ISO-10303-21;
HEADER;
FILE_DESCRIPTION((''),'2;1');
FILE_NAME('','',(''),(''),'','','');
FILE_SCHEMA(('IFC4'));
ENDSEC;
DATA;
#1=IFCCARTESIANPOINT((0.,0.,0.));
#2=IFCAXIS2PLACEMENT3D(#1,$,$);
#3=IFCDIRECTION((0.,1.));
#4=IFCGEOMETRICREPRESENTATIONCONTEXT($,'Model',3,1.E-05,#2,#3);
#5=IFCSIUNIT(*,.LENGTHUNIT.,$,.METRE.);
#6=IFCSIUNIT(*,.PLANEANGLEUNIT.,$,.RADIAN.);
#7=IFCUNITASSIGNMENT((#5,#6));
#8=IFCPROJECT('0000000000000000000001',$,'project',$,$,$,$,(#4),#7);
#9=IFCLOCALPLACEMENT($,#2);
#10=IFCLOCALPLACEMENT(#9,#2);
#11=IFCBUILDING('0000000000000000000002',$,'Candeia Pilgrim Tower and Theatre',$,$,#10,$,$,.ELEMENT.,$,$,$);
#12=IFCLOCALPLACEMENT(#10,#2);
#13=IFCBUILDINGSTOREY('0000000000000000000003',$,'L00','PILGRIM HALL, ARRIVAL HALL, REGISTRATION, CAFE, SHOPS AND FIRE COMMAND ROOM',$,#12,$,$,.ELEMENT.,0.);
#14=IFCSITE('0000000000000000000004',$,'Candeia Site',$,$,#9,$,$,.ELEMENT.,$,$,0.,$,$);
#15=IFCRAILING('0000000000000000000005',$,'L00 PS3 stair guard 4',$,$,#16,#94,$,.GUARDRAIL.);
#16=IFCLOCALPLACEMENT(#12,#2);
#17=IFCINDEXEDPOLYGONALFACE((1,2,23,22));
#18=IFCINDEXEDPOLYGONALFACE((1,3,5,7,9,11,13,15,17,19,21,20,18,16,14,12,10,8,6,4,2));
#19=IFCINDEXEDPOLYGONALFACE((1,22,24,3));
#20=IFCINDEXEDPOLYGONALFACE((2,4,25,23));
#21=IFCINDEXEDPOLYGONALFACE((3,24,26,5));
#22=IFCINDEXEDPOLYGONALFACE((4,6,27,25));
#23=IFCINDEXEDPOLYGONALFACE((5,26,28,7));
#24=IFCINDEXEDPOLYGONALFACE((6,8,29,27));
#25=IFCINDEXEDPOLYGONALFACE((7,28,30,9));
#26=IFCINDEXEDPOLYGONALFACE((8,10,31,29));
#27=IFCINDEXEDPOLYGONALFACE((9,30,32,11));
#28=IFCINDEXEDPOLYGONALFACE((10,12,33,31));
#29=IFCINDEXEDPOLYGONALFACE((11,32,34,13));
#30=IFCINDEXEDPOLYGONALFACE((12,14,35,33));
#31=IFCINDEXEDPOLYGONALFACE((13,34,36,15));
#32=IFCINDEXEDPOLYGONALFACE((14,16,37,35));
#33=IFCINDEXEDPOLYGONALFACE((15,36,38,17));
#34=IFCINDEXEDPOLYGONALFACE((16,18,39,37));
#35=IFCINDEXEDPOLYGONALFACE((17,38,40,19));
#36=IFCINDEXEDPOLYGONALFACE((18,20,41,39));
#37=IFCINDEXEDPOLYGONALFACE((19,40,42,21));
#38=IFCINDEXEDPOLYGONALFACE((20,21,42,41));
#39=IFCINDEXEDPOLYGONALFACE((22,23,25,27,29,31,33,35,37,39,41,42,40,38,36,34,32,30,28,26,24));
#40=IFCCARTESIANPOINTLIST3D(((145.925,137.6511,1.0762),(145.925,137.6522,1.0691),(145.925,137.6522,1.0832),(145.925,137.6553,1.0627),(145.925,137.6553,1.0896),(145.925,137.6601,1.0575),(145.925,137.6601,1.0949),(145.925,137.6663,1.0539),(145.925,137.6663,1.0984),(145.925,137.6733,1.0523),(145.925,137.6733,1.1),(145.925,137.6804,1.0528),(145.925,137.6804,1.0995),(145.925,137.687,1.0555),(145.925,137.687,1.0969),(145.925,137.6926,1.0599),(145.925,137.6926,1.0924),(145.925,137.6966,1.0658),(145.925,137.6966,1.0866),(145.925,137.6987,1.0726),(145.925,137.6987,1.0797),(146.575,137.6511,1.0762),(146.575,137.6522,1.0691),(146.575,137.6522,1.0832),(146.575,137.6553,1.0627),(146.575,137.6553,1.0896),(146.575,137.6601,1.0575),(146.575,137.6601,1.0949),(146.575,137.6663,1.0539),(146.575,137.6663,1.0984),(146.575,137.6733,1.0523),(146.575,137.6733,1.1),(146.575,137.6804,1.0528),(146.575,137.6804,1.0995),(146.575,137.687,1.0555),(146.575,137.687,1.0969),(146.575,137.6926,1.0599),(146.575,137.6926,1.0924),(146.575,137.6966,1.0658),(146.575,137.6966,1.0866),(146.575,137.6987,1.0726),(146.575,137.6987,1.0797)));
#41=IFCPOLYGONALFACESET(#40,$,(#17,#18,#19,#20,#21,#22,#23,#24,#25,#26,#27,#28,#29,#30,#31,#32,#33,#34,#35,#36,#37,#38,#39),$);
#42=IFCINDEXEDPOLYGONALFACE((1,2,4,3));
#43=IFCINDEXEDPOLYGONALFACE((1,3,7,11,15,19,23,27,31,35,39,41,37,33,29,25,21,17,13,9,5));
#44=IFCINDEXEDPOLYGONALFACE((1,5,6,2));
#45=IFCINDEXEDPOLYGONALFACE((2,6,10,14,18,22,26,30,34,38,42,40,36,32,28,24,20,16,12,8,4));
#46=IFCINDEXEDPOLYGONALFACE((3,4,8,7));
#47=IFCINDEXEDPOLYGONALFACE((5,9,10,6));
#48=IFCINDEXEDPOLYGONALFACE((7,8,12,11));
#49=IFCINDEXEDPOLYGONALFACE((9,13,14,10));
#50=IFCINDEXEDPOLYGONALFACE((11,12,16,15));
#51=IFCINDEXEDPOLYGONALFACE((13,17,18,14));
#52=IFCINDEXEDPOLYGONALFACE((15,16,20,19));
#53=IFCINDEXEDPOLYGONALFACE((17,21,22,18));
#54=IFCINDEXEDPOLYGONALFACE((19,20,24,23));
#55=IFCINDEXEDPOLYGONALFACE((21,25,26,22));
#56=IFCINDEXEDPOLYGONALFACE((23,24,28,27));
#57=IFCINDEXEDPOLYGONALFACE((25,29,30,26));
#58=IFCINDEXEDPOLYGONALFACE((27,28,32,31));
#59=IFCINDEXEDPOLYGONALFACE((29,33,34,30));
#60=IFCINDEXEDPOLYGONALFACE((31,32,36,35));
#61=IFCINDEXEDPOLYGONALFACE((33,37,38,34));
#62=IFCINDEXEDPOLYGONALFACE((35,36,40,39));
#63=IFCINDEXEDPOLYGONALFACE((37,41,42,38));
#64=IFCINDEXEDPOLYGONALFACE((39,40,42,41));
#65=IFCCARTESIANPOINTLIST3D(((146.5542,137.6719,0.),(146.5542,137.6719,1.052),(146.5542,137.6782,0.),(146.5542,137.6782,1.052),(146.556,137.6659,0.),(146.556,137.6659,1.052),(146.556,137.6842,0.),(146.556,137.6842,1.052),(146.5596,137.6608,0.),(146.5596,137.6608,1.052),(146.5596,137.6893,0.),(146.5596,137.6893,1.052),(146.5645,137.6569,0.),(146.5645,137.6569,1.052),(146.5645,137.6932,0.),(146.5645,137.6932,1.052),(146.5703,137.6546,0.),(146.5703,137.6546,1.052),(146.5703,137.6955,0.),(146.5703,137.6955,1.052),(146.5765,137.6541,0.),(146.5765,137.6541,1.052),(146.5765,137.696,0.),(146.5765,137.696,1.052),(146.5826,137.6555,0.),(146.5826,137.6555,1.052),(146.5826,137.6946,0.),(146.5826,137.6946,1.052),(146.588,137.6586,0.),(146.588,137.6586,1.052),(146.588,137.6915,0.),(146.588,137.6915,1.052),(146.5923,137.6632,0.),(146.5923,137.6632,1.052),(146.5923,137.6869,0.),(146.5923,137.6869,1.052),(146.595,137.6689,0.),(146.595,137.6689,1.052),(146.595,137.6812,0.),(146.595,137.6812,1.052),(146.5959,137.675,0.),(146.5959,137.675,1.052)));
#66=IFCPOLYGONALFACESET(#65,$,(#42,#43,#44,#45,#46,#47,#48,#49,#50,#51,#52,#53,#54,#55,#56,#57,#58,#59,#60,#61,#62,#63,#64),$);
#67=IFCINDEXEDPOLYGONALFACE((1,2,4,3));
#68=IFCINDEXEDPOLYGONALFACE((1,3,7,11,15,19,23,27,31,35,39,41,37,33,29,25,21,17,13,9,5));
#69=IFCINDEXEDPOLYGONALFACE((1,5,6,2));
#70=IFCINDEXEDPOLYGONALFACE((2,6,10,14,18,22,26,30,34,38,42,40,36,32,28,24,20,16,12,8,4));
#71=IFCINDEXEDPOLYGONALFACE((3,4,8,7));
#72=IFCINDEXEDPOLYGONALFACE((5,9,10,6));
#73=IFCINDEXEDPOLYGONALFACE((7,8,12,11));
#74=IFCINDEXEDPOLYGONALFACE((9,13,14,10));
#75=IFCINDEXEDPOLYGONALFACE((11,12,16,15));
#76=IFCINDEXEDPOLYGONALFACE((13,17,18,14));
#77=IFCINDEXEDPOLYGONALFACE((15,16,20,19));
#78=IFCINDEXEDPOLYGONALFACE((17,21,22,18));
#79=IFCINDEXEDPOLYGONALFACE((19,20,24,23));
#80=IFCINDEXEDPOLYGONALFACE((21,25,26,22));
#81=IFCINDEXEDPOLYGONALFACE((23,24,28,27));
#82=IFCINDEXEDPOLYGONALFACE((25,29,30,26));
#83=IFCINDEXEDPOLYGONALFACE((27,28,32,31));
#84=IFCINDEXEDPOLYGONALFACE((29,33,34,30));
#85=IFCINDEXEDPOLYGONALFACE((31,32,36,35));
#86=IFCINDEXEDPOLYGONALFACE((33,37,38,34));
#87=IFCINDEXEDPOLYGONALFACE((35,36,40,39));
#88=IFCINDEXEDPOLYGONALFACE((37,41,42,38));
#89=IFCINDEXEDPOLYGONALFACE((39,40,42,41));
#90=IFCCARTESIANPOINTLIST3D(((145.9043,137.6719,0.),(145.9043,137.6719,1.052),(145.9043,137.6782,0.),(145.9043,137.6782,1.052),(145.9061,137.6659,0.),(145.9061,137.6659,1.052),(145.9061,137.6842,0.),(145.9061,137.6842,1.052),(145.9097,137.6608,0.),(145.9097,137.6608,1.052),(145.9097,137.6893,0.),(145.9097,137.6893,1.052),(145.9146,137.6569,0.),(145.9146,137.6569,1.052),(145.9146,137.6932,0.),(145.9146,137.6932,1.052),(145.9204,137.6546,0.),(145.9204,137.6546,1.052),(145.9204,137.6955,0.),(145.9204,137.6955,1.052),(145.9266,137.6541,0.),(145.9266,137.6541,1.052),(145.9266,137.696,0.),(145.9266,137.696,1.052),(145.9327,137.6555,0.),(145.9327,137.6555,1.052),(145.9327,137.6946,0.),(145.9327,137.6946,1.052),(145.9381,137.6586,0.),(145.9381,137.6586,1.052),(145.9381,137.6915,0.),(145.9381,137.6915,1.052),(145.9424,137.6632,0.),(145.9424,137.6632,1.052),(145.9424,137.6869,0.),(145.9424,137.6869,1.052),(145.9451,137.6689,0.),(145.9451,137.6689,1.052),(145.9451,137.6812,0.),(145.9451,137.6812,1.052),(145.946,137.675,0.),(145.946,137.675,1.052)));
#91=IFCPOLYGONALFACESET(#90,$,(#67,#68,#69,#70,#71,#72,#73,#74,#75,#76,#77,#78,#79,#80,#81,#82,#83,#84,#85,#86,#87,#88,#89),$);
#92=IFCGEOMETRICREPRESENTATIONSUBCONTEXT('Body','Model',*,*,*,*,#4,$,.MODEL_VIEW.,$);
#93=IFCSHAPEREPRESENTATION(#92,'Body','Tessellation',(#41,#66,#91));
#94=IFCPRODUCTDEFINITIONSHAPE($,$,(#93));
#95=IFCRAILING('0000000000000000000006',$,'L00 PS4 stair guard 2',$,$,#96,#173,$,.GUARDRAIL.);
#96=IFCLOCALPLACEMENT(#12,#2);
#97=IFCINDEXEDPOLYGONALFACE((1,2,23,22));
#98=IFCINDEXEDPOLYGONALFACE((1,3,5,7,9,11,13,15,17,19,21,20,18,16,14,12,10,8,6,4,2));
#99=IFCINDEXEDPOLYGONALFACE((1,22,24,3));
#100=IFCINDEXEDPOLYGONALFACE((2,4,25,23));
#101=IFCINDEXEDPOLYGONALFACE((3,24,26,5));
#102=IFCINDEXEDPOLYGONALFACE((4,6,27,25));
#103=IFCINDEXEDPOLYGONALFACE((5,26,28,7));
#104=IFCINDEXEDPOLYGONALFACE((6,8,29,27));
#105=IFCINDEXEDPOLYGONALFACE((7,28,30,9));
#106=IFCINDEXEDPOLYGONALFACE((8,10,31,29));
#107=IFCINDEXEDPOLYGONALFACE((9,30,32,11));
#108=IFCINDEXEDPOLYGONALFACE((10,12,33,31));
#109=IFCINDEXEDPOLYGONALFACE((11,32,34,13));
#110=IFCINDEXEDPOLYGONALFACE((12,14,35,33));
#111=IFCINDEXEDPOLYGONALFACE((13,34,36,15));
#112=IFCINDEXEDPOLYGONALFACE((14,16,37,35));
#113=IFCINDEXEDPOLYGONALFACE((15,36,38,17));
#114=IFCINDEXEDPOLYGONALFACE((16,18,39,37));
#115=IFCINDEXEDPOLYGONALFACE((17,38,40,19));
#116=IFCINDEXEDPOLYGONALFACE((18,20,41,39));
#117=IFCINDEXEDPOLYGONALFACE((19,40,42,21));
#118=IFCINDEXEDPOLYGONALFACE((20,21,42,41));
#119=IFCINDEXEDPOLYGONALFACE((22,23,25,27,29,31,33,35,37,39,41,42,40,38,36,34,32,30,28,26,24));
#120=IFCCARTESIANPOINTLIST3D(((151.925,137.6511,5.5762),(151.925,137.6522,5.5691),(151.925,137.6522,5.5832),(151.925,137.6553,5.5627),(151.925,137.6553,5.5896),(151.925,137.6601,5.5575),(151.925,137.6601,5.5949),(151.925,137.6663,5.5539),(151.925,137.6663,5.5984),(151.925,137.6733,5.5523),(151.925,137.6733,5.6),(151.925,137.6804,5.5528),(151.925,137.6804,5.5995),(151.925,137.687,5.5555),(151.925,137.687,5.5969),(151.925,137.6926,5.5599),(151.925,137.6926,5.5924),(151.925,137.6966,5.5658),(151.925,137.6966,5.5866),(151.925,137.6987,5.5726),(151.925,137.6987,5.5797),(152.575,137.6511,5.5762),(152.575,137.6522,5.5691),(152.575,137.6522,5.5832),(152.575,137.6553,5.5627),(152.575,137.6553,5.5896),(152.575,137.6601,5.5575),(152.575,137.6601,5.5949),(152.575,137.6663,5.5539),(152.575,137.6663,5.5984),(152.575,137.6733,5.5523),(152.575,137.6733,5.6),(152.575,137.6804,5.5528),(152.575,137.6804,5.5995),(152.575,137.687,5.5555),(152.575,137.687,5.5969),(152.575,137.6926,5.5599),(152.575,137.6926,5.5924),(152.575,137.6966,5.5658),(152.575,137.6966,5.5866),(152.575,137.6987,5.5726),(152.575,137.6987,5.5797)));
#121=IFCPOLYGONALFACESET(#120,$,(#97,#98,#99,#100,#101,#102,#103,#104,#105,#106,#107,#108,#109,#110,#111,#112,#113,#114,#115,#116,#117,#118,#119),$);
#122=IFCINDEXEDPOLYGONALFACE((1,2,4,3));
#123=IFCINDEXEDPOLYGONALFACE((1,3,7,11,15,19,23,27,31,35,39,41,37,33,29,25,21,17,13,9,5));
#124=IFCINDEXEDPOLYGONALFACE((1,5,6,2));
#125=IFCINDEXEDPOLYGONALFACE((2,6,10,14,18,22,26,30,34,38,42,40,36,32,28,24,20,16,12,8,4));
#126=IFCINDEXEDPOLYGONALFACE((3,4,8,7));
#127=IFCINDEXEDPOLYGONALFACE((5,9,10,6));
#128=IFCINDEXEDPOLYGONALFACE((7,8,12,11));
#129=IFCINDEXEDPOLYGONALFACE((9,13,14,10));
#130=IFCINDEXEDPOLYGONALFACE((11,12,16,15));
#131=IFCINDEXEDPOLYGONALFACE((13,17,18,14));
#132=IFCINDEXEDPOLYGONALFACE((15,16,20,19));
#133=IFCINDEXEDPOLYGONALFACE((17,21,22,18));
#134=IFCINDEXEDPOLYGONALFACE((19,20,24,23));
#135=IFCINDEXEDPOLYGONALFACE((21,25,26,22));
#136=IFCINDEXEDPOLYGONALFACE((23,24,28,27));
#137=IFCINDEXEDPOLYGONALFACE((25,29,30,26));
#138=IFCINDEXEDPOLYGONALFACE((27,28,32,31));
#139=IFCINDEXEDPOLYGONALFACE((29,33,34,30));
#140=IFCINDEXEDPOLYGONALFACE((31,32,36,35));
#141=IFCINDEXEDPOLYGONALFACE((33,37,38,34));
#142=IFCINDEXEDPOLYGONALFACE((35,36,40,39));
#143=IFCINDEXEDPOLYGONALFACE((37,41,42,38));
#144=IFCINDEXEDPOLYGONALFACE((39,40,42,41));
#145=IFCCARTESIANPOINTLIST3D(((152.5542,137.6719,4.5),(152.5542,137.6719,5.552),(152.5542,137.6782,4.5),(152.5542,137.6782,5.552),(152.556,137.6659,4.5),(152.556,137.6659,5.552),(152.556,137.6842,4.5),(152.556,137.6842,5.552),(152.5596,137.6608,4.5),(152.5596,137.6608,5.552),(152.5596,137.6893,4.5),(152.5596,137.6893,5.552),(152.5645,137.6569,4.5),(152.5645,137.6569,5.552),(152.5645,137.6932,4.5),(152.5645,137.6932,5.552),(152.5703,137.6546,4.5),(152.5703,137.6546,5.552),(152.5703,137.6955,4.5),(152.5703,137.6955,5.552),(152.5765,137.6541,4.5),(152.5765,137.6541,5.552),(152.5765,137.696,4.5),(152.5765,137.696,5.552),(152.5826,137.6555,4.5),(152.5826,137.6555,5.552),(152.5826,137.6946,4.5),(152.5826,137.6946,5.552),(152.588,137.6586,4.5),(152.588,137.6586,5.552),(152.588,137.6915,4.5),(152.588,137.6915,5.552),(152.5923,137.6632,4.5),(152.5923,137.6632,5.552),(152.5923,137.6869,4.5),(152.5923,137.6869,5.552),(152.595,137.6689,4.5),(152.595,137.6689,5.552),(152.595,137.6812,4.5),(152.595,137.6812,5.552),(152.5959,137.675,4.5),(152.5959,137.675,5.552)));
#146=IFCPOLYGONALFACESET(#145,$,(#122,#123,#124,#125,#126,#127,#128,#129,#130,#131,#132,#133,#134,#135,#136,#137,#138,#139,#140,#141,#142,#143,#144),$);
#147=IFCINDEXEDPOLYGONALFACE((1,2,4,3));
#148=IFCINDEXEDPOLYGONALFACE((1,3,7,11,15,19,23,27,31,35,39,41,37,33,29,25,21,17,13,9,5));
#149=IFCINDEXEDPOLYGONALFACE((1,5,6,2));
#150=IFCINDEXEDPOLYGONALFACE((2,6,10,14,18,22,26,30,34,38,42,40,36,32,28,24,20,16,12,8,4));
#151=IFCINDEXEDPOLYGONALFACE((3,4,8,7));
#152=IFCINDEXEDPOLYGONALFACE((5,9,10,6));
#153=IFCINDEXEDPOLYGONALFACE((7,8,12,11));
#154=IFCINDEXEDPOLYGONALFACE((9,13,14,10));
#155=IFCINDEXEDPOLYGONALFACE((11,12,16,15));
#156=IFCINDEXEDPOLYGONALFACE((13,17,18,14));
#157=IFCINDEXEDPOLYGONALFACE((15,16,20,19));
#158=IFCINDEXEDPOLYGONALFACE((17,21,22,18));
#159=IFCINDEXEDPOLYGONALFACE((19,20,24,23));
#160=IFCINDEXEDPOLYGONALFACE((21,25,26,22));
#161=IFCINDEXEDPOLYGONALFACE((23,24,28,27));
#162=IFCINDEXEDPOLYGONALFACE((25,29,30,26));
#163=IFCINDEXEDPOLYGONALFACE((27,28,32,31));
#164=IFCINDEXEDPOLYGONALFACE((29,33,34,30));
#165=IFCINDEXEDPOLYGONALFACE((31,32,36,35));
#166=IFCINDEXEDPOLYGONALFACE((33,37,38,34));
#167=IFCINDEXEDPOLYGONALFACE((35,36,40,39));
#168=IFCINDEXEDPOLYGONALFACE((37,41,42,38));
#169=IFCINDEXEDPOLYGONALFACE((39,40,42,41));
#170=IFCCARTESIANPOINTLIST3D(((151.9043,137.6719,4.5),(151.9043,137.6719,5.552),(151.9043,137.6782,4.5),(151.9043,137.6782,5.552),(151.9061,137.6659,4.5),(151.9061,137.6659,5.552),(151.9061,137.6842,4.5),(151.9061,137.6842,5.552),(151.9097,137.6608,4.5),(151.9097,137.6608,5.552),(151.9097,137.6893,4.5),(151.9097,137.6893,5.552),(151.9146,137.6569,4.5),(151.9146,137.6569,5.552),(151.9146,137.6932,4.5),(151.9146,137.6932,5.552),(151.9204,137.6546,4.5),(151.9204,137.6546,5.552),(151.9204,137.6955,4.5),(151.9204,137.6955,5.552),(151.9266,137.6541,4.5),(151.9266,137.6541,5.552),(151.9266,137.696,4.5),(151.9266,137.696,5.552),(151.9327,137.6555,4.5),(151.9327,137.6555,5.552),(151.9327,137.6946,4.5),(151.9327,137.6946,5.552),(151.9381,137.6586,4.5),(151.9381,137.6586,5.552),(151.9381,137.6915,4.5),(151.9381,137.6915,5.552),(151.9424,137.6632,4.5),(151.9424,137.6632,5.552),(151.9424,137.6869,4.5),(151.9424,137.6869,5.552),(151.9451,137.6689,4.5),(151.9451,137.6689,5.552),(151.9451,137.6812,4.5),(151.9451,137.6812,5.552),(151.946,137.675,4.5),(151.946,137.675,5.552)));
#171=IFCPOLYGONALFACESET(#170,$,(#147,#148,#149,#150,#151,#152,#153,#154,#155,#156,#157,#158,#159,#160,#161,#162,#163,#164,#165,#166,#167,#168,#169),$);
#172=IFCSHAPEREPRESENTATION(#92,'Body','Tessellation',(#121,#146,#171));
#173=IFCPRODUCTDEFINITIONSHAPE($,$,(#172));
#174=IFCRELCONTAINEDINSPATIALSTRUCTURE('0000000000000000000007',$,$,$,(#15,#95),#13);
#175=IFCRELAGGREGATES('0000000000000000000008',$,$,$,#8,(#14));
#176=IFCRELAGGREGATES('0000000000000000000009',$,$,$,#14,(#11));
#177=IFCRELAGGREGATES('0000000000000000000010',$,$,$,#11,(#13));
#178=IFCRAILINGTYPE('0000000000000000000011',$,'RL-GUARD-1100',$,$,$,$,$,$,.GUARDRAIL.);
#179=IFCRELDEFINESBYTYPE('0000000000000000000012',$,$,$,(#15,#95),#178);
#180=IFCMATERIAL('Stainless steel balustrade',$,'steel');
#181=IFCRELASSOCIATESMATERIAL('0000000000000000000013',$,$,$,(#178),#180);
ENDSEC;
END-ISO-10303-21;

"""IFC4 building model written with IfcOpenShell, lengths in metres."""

from ifc_helpers import new_model, si_unit, direction, frame, origin, origin_2d, place, context, subcontext, project, spatial, circle, extrude, material, type_object, element, save


model = new_model("IFC4")

# Units and contexts
model_context = context("Model", 3, precision=1e-05, world=origin(), true_north=direction((0.0, 1.0)))
body_context = subcontext(model_context, "Body", "Model", "MODEL_VIEW")
ifc_project = project(units=[si_unit("LENGTHUNIT", "METRE"), si_unit("PLANEANGLEUNIT", "RADIAN")], contexts=[model_context])

# Site, building, storey
site_placement = place(None, origin())
site = spatial("IfcSite", under=ifc_project, at=site_placement, Name="Candeia Site", CompositionType="ELEMENT", RefElevation=0.0)
building_placement = place(site_placement, origin())
building = spatial("IfcBuilding", under=site, at=building_placement, Name="Candeia Pilgrim Tower and Theatre", CompositionType="ELEMENT")
storey_placement = place(building_placement, origin())
storey = spatial("IfcBuildingStorey", under=building, at=storey_placement, Name="L00", Description="PILGRIM HALL, ARRIVAL HALL, REGISTRATION, CAFE, SHOPS AND FIRE COMMAND ROOM", CompositionType="ELEMENT", Elevation=0.0)

# Railings
ifc_material_1 = material(Name="Stainless steel balustrade", Category="steel")
railing_type_1 = type_object("IfcRailingType", Name="RL-GUARD-1100", PredefinedType="GUARDRAIL", material=ifc_material_1)
for number, where, name in (
    (1, (146.575, 137.675, 0.0), "L00 PS3 stair guard 4"),
    (2, (152.575, 137.675, 4.5), "L00 PS4 stair guard 2"),
):
    element("IfcRailing", number, at=place(storey_placement, frame(where)), inside=storey, type_object=railing_type_1, Name=name, PredefinedType="GUARDRAIL", context=body_context, shape_type="SweptSolid", body=[
        extrude(circle(Radius=0.0239, at=origin_2d()), frame((0.0, 0.0, 1.0762), z_axis=(-1.0, 0.0, 0.0), x_axis=(0.0, -1.0, 0.0)), (0.0, 0.0, 1.0), 0.6499),
        extrude(circle(Radius=0.021, at=origin_2d()), origin(), (0.0, 0.0, 1.0), 1.052),
        extrude(circle(Radius=0.021, at=origin_2d()), frame((-0.6499, 0.0, 0.0)), (0.0, 0.0, 1.0), 1.052),
    ])

save(model, "model.ifc")
